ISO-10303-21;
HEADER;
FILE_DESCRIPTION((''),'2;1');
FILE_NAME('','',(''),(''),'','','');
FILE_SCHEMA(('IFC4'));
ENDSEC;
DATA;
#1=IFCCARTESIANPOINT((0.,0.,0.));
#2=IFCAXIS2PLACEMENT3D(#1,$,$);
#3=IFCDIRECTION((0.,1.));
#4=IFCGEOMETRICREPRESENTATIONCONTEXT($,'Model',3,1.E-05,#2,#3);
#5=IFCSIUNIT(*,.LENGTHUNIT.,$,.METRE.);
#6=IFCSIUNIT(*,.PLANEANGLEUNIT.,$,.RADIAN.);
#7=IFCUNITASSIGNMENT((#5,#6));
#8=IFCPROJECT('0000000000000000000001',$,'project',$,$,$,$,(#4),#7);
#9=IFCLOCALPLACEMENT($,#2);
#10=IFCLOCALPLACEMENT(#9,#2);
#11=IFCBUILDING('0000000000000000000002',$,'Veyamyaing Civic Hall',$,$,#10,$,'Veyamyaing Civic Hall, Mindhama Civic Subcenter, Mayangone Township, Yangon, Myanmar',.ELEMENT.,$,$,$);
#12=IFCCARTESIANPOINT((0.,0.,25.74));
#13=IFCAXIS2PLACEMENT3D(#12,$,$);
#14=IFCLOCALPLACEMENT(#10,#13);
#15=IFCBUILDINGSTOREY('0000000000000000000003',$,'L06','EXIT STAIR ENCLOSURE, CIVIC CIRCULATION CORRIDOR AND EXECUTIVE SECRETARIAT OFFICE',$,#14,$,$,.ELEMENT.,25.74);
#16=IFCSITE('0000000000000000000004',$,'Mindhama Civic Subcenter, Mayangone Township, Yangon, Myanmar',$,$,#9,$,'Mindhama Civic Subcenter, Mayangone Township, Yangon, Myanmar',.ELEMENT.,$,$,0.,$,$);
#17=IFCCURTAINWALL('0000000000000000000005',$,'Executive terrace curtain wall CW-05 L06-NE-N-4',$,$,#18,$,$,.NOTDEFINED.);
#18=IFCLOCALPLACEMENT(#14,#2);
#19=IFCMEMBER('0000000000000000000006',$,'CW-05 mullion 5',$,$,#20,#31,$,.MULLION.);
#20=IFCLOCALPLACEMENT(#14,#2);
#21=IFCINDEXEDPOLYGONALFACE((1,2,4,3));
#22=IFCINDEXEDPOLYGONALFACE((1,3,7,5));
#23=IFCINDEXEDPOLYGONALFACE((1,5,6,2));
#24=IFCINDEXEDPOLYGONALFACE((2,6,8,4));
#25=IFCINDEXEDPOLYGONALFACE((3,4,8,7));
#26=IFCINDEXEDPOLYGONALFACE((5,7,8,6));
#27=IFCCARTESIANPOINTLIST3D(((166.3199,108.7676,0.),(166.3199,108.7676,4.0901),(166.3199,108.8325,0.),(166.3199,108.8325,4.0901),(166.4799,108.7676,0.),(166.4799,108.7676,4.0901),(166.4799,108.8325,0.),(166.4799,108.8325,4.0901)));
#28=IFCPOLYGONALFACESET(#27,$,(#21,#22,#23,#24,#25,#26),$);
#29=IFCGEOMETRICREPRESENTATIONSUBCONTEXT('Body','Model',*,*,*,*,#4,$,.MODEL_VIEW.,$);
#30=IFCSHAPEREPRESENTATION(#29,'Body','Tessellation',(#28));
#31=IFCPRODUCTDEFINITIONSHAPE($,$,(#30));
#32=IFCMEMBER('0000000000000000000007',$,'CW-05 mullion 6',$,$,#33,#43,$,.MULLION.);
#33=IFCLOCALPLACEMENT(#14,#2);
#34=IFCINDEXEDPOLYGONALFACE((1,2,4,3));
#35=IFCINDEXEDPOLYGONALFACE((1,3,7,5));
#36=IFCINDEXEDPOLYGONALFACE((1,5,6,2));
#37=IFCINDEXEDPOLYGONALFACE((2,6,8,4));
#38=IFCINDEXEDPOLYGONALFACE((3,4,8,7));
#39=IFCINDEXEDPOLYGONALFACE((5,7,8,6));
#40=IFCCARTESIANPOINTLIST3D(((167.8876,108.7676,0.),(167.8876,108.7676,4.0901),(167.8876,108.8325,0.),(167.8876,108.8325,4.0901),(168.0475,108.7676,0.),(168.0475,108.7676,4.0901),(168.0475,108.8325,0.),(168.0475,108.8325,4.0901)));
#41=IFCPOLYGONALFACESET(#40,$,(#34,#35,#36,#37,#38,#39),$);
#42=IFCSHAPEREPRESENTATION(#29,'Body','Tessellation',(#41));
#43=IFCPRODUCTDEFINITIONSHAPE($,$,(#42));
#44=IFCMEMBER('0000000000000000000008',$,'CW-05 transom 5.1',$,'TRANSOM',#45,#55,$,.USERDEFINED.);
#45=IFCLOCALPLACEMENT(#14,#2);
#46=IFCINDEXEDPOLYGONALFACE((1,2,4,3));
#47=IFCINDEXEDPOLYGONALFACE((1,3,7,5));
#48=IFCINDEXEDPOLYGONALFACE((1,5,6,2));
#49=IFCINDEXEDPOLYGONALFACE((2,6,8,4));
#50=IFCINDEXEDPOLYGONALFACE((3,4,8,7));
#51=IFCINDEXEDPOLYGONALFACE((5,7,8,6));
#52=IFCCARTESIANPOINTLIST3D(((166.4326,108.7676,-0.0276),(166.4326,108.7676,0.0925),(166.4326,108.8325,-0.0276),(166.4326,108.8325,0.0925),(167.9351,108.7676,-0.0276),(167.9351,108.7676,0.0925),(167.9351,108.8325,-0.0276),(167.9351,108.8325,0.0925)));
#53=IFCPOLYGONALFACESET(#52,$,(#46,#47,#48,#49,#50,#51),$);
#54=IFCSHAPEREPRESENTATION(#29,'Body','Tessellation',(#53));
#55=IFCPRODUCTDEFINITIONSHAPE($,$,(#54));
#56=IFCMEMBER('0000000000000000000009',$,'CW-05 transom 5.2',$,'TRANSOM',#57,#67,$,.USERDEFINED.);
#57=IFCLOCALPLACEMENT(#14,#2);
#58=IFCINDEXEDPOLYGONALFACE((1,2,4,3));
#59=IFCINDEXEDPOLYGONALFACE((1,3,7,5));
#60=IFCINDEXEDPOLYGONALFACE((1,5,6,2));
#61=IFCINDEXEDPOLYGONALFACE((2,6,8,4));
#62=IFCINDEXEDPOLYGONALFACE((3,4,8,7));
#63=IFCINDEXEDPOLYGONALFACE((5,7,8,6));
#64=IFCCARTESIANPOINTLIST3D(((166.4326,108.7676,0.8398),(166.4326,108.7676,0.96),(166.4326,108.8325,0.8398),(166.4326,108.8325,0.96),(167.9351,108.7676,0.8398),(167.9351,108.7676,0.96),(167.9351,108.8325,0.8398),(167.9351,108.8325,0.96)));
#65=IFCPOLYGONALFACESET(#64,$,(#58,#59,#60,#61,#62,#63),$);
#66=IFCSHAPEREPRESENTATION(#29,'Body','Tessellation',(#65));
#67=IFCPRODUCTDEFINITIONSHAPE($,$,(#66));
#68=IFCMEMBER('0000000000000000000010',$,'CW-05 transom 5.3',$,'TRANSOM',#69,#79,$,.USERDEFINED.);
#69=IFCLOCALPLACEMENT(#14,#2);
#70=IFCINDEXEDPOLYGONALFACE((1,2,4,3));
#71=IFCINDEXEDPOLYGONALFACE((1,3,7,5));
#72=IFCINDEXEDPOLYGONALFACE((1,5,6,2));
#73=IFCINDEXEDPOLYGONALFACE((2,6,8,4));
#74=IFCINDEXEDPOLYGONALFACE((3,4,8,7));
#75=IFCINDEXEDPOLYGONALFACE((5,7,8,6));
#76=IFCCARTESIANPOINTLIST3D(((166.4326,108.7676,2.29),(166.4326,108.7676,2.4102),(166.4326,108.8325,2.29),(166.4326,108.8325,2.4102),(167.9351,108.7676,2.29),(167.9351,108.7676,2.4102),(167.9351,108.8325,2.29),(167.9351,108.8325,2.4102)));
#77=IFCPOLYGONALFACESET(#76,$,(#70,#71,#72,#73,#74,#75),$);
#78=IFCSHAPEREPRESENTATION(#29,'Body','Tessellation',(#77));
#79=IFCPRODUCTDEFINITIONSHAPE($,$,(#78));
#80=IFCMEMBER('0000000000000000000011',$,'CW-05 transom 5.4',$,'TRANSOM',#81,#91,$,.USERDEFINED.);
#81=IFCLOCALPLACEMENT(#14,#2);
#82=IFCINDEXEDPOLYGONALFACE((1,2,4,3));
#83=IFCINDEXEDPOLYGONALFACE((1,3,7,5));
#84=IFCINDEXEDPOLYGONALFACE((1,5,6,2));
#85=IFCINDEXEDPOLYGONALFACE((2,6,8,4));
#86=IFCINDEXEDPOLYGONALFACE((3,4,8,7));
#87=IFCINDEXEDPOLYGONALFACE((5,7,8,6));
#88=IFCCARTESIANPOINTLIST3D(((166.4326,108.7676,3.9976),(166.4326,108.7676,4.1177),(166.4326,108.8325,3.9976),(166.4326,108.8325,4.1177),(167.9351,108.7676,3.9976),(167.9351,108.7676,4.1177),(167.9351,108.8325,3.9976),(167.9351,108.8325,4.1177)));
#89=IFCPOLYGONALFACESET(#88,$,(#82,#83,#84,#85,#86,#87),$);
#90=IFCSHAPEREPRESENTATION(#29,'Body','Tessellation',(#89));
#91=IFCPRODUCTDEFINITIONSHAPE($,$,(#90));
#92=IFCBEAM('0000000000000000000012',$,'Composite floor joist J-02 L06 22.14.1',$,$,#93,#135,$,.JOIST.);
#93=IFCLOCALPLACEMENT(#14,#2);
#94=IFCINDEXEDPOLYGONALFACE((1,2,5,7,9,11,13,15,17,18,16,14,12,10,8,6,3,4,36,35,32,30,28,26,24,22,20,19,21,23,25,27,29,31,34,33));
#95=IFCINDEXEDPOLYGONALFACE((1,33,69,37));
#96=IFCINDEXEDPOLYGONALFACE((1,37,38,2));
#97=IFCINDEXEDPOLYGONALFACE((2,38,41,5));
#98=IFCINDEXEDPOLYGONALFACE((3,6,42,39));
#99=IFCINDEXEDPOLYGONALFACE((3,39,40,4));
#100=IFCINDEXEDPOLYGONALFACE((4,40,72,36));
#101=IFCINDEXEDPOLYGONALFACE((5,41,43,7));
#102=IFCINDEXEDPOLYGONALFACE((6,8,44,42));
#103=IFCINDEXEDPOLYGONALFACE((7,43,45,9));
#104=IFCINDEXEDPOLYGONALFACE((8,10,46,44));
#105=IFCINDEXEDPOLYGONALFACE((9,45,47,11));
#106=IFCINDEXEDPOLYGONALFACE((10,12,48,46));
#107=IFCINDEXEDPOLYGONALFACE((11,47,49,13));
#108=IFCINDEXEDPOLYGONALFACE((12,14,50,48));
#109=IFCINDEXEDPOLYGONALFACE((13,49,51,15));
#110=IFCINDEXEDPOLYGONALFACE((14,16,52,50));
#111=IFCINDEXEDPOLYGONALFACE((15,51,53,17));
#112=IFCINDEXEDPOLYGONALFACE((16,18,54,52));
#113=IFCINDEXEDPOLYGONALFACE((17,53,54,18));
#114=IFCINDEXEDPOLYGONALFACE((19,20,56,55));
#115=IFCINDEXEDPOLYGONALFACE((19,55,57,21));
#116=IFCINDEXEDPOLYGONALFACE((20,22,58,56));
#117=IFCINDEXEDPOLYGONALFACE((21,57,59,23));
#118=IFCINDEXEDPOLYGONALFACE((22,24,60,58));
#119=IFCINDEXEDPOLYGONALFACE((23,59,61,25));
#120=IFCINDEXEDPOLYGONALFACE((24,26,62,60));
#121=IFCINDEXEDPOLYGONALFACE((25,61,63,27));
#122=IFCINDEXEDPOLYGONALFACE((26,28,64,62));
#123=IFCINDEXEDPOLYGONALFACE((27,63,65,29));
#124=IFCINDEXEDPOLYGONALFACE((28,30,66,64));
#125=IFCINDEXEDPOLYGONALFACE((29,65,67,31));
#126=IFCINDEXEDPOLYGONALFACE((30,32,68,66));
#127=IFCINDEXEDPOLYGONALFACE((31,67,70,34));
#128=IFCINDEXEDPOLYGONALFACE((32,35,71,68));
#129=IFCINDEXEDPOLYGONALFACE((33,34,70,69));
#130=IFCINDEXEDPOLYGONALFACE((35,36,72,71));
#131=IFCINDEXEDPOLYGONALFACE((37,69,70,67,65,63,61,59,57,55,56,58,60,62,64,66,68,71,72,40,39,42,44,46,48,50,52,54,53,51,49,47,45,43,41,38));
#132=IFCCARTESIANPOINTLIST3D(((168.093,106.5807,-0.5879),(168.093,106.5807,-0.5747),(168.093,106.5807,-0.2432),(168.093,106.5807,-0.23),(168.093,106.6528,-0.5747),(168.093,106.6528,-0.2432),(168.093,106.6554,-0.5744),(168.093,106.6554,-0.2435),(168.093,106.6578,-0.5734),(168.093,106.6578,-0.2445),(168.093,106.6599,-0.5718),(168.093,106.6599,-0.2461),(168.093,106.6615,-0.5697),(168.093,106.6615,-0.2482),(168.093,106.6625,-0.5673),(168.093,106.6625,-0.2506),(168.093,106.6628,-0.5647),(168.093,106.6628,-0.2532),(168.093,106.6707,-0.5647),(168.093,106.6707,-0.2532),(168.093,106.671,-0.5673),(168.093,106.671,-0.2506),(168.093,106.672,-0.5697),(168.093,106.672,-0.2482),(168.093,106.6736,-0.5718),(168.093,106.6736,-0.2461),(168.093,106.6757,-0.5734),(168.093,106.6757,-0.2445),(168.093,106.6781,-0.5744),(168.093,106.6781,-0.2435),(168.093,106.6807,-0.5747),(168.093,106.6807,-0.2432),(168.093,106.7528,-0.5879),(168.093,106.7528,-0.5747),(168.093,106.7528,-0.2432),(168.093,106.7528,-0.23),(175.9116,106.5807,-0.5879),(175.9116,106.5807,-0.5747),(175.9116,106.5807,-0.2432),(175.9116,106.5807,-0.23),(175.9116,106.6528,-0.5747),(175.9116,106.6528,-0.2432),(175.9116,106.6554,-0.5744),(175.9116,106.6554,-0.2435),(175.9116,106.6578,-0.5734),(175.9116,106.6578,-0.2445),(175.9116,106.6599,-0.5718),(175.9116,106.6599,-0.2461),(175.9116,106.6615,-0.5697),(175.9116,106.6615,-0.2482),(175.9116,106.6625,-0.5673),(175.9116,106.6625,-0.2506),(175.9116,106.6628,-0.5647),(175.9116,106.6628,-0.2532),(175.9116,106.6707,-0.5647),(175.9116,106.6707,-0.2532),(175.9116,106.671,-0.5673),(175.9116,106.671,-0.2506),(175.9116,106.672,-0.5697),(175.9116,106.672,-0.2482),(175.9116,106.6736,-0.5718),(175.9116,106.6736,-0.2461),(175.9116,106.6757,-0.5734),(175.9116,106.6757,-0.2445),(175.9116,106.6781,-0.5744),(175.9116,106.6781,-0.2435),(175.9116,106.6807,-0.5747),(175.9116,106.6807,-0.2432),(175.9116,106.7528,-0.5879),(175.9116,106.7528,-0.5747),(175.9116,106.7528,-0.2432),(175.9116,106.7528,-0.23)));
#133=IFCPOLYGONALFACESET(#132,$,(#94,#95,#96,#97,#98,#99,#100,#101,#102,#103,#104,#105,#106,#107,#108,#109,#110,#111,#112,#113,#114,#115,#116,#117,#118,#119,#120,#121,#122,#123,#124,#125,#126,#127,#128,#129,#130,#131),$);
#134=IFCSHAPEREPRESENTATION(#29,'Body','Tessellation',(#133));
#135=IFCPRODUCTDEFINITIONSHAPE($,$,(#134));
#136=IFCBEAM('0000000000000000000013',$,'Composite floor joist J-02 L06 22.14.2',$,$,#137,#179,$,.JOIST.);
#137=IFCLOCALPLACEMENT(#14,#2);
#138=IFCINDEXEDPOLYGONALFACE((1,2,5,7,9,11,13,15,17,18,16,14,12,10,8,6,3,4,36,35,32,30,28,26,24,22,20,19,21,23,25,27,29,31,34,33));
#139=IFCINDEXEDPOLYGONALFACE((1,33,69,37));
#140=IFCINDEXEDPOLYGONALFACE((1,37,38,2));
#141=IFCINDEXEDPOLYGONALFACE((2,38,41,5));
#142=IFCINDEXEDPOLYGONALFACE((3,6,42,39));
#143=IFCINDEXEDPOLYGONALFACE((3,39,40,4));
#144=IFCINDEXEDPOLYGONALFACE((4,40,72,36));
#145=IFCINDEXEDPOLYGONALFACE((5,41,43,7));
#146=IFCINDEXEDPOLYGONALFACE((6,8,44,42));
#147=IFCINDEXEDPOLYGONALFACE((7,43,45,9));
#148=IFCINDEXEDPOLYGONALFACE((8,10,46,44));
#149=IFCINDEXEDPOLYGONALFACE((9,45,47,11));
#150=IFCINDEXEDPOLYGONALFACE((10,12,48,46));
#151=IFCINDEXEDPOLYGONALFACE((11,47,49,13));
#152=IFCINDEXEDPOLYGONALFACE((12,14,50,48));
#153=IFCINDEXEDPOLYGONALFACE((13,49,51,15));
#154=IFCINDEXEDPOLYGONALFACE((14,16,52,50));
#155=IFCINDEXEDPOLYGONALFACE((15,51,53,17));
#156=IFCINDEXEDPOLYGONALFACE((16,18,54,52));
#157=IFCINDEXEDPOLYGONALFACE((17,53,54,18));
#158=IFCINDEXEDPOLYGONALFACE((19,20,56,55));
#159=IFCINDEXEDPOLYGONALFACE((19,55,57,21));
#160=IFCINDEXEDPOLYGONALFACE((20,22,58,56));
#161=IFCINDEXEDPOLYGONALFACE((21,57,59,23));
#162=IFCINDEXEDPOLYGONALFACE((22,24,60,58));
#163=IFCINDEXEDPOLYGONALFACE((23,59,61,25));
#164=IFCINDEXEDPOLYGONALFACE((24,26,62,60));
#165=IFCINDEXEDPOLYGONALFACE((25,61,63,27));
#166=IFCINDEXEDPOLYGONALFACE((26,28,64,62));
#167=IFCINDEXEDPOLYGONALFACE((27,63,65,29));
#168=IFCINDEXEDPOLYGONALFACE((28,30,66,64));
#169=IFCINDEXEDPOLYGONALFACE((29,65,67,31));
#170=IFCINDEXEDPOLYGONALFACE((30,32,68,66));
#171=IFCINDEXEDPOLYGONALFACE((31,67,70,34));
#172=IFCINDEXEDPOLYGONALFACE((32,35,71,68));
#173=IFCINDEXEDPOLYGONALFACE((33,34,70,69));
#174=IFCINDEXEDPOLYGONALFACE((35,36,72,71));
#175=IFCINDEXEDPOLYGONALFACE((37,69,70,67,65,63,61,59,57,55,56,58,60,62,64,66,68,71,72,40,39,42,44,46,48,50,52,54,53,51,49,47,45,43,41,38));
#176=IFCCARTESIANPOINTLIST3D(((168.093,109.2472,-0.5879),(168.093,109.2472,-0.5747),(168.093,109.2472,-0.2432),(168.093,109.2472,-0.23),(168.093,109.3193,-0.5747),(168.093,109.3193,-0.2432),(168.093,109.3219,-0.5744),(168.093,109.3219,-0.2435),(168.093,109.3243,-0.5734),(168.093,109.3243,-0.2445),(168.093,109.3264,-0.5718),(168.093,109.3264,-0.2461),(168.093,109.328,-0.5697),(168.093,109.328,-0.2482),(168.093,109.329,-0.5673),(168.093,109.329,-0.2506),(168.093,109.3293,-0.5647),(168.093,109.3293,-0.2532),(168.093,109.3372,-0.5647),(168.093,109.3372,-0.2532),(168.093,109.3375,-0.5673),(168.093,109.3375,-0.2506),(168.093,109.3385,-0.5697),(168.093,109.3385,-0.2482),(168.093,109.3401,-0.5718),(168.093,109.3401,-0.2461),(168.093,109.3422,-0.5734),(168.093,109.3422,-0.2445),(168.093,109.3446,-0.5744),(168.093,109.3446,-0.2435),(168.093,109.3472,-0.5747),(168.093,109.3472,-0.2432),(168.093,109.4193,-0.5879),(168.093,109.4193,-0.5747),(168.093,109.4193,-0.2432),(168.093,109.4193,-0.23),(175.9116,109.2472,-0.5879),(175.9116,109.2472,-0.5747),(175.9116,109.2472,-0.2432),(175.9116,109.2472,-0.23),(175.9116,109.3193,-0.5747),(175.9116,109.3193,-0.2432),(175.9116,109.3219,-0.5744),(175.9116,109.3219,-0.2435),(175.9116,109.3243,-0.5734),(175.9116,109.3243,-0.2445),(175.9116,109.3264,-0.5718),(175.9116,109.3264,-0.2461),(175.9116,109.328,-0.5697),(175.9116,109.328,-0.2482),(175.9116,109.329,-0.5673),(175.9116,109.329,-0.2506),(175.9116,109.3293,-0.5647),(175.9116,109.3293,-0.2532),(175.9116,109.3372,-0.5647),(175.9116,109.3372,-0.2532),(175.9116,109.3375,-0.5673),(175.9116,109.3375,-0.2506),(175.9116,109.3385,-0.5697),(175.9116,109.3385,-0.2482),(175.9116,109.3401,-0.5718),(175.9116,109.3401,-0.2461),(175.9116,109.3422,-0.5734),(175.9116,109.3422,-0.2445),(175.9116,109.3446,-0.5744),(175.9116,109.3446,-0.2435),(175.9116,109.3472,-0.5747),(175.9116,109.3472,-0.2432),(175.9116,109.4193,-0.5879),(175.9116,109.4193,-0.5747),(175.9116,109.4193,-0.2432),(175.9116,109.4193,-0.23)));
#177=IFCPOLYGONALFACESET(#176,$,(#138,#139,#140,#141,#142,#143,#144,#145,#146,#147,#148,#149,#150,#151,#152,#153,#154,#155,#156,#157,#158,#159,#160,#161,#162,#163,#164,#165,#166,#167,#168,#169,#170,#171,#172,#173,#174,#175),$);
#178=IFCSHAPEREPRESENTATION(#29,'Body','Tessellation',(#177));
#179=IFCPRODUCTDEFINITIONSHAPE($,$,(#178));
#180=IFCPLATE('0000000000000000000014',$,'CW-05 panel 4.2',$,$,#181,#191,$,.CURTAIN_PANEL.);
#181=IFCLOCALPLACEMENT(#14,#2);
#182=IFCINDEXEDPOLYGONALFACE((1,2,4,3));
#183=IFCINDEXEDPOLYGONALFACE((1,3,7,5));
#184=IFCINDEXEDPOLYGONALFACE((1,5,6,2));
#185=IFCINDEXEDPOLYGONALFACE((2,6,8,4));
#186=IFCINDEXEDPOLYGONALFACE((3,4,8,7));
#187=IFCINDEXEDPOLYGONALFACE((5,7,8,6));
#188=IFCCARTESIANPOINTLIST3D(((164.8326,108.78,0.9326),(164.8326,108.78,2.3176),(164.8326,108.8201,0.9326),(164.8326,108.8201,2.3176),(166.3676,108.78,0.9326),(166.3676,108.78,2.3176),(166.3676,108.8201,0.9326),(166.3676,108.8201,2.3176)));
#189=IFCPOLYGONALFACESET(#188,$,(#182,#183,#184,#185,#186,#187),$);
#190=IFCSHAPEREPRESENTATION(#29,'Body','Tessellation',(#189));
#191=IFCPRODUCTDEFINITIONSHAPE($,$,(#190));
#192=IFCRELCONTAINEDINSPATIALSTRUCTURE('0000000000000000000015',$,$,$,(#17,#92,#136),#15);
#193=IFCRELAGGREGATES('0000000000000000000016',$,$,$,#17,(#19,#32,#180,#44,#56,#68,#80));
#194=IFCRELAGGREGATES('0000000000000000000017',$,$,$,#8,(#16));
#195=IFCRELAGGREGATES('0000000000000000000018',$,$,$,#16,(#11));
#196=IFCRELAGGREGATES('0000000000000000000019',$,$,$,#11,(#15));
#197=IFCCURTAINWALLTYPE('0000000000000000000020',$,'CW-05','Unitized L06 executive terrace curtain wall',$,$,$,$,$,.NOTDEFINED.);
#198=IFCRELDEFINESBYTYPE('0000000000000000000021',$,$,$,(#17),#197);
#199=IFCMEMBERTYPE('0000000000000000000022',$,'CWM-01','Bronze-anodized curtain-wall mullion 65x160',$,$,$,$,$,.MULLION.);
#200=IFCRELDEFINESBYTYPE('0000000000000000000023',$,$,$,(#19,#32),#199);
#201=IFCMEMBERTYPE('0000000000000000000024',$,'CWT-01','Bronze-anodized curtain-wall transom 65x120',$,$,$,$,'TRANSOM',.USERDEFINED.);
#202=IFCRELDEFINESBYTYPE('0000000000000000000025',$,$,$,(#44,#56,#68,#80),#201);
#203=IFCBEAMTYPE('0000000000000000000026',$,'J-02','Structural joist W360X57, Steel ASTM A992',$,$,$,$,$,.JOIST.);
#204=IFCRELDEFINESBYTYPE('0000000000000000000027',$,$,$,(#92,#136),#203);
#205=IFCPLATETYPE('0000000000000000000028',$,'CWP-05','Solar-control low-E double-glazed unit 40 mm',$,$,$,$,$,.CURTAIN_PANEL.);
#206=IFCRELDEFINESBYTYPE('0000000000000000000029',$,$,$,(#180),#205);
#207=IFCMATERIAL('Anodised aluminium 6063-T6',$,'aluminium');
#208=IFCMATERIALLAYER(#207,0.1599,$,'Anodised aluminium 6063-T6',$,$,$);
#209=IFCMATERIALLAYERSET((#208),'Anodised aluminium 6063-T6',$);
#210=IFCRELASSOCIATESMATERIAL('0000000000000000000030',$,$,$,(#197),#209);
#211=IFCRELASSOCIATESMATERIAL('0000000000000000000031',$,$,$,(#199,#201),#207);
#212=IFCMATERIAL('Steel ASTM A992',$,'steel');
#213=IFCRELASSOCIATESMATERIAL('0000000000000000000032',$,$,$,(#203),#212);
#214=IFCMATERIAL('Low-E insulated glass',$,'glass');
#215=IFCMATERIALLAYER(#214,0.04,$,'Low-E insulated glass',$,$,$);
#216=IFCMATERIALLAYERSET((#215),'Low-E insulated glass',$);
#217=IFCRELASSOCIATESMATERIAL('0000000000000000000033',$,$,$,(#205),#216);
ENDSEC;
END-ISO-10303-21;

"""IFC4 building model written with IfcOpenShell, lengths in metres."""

from ifc_helpers import new_model, si_unit, direction, frame, origin, origin_2d, place, context, subcontext, project, spatial, rectangle, i_section, extrude, material, layer, layer_set, material_profile, profile_set, type_object, element, aggregate, save


model = new_model("IFC4")

# Units and contexts
model_context = context("Model", 3, precision=1e-05, world=origin(), true_north=direction((0.0, 1.0)))
body_context = subcontext(model_context, "Body", "Model", "MODEL_VIEW")
ifc_project = project(units=[si_unit("LENGTHUNIT", "METRE"), si_unit("PLANEANGLEUNIT", "RADIAN")], contexts=[model_context])

# Site, building, storey
site_placement = place(None, origin())
site = spatial("IfcSite", under=ifc_project, at=site_placement, Name="Mindhama Civic Subcenter, Mayangone Township, Yangon, Myanmar", LongName="Mindhama Civic Subcenter, Mayangone Township, Yangon, Myanmar", CompositionType="ELEMENT", RefElevation=0.0)
building_placement = place(site_placement, origin())
building = spatial("IfcBuilding", under=site, at=building_placement, Name="Veyamyaing Civic Hall", LongName="Veyamyaing Civic Hall, Mindhama Civic Subcenter, Mayangone Township, Yangon, Myanmar", CompositionType="ELEMENT")
storey_placement = place(building_placement, frame((0.0, 0.0, 25.74)))
storey = spatial("IfcBuildingStorey", under=building, at=storey_placement, Name="L06", Description="EXIT STAIR ENCLOSURE, CIVIC CIRCULATION CORRIDOR AND EXECUTIVE SECRETARIAT OFFICE", CompositionType="ELEMENT", Elevation=25.74)

# Shared definitions
ifc_material_1 = material(Name="Steel ASTM A992", Category="steel")

# Curtain wall, members
ifc_material_2 = material(Name="Anodised aluminium 6063-T6", Category="aluminium")
ifc_layer_1 = layer(ifc_material_2, 0.1599, Name="Anodised aluminium 6063-T6")
ifc_layer_set_1 = layer_set([ifc_layer_1], Name="Anodised aluminium 6063-T6")
curtain_wall_type = type_object("IfcCurtainWallType", Name="CW-05", Description="Unitized L06 executive terrace curtain wall", PredefinedType="NOTDEFINED", material=ifc_layer_set_1)
curtain_wall_placement = place(storey_placement, origin())
curtain_wall = element("IfcCurtainWall", 1, at=curtain_wall_placement, inside=storey, type_object=curtain_wall_type, Name="Executive terrace curtain wall CW-05 L06-NE-N-4", PredefinedType="NOTDEFINED")
ifc_material_profile_1 = material_profile(ifc_material_2, rectangle(XDim=0.0649, YDim=0.1599, at=origin_2d()), Name="ALU-MUL-65X160")
ifc_profile_set_1 = profile_set([ifc_material_profile_1], Name="Anodised aluminium 6063-T6")
member_type_1 = type_object("IfcMemberType", Name="CWM-01", Description="Bronze-anodized curtain-wall mullion 65x160", PredefinedType="MULLION", material=ifc_profile_set_1)
member_1_placement = place(storey_placement, frame((166.3999, 108.8, 0.0), z_axis=(0.0, 0.0, 1.0), x_axis=(0.0, 1.0, 0.0)))
member_1 = element("IfcMember", 2, at=member_1_placement, type_object=member_type_1, Name="CW-05 mullion 5", PredefinedType="MULLION", context=body_context, shape_type="SweptSolid", body=[
    extrude(rectangle(XDim=0.0649, YDim=0.1599, at=origin_2d()), origin(), (0.0, 0.0, 1.0), 4.0901),
])
member_2_placement = place(storey_placement, frame((167.9675, 108.8, 0.0), z_axis=(0.0, 0.0, 1.0), x_axis=(0.0, 1.0, 0.0)))
member_2 = element("IfcMember", 3, at=member_2_placement, type_object=member_type_1, Name="CW-05 mullion 6", PredefinedType="MULLION", context=body_context, shape_type="SweptSolid", body=[
    extrude(rectangle(XDim=0.0649, YDim=0.1599, at=origin_2d()), origin(), (0.0, 0.0, 1.0), 4.0901),
])
ifc_material_profile_2 = material_profile(ifc_material_2, rectangle(XDim=0.0649, YDim=0.1201, at=origin_2d()), Name="ALU-TRN-65X120")
ifc_profile_set_2 = profile_set([ifc_material_profile_2], Name="Anodised aluminium 6063-T6")
member_type_2 = type_object("IfcMemberType", Name="CWT-01", Description="Bronze-anodized curtain-wall transom 65x120", ElementType="TRANSOM", PredefinedType="USERDEFINED", material=ifc_profile_set_2)
member_3_placement = place(storey_placement, frame((166.4326, 108.8, 0.0325), z_axis=(1.0, 0.0, 0.0), x_axis=(0.0, 1.0, 0.0)))
member_3 = element("IfcMember", 4, at=member_3_placement, type_object=member_type_2, Name="CW-05 transom 5.1", ObjectType="TRANSOM", PredefinedType="USERDEFINED", context=body_context, shape_type="SweptSolid", body=[
    extrude(rectangle(XDim=0.0649, YDim=0.1201, at=origin_2d()), origin(), (0.0, 0.0, 1.0), 1.5024),
])
member_4_placement = place(storey_placement, frame((166.4326, 108.8, 0.8999), z_axis=(1.0, 0.0, 0.0), x_axis=(0.0, 1.0, 0.0)))
member_4 = element("IfcMember", 5, at=member_4_placement, type_object=member_type_2, Name="CW-05 transom 5.2", ObjectType="TRANSOM", PredefinedType="USERDEFINED", context=body_context, shape_type="SweptSolid", body=[
    extrude(rectangle(XDim=0.0649, YDim=0.1201, at=origin_2d()), origin(), (0.0, 0.0, 1.0), 1.5024),
])
member_5_placement = place(storey_placement, frame((166.4326, 108.8, 2.3501), z_axis=(1.0, 0.0, 0.0), x_axis=(0.0, 1.0, 0.0)))
member_5 = element("IfcMember", 6, at=member_5_placement, type_object=member_type_2, Name="CW-05 transom 5.3", ObjectType="TRANSOM", PredefinedType="USERDEFINED", context=body_context, shape_type="SweptSolid", body=[
    extrude(rectangle(XDim=0.0649, YDim=0.1201, at=origin_2d()), origin(), (0.0, 0.0, 1.0), 1.5024),
])
member_6_placement = place(storey_placement, frame((166.4326, 108.8, 4.0576), z_axis=(1.0, 0.0, 0.0), x_axis=(0.0, 1.0, 0.0)))
member_6 = element("IfcMember", 7, at=member_6_placement, type_object=member_type_2, Name="CW-05 transom 5.4", ObjectType="TRANSOM", PredefinedType="USERDEFINED", context=body_context, shape_type="SweptSolid", body=[
    extrude(rectangle(XDim=0.0649, YDim=0.1201, at=origin_2d()), origin(), (0.0, 0.0, 1.0), 1.5024),
])

# Beams
ifc_material_profile_3 = material_profile(ifc_material_1, i_section(OverallWidth=0.1721, OverallDepth=0.3579, WebThickness=0.0078, FlangeThickness=0.0132, FilletRadius=0.01, at=origin_2d()), Name="W360X57")
ifc_profile_set_3 = profile_set([ifc_material_profile_3], Name="Steel ASTM A992")
beam_type_1 = type_object("IfcBeamType", Name="J-02", Description="Structural joist W360X57, Steel ASTM A992", PredefinedType="JOIST", material=ifc_profile_set_3)
for number, where, z_axis, x_axis, name in (
    (8, (168.093, 106.6667, -0.4089), (1.0, 0.0, 0.0), (0.0, 1.0, 0.0), "Composite floor joist J-02 L06 22.14.1"),
    (9, (168.093, 109.3333, -0.4089), (1.0, 0.0, 0.0), (0.0, 1.0, 0.0), "Composite floor joist J-02 L06 22.14.2"),
):
    element("IfcBeam", number, at=place(storey_placement, frame(where, z_axis=z_axis, x_axis=x_axis)), inside=storey, type_object=beam_type_1, Name=name, PredefinedType="JOIST", context=body_context, shape_type="SweptSolid", body=[
        extrude(i_section(OverallWidth=0.1721, OverallDepth=0.3579, WebThickness=0.0078, FlangeThickness=0.0132, FilletRadius=0.01, at=origin_2d()), origin(), (0.0, 0.0, 1.0), 7.8186),
    ])

# Plate
ifc_material_3 = material(Name="Low-E insulated glass", Category="glass")
ifc_layer_2 = layer(ifc_material_3, 0.04, Name="Low-E insulated glass")
ifc_layer_set_2 = layer_set([ifc_layer_2], Name="Low-E insulated glass")
plate_type = type_object("IfcPlateType", Name="CWP-05", Description="Solar-control low-E double-glazed unit 40 mm", PredefinedType="CURTAIN_PANEL", material=ifc_layer_set_2)
plate_1_placement = place(storey_placement, frame((165.6001, 108.8, 0.9326), z_axis=(0.0, 0.0, 1.0), x_axis=(1.0, 0.0, 0.0)))
plate_1 = element("IfcPlate", 10, at=plate_1_placement, type_object=plate_type, Name="CW-05 panel 4.2", PredefinedType="CURTAIN_PANEL", context=body_context, shape_type="SweptSolid", body=[
    extrude(rectangle(XDim=1.5349, YDim=0.04, at=origin_2d()), origin(), (0.0, 0.0, 1.0), 1.385),
])
aggregate(curtain_wall, [member_1, member_2, plate_1, member_3, member_4, member_5, member_6])

save(model, "model.ifc")
